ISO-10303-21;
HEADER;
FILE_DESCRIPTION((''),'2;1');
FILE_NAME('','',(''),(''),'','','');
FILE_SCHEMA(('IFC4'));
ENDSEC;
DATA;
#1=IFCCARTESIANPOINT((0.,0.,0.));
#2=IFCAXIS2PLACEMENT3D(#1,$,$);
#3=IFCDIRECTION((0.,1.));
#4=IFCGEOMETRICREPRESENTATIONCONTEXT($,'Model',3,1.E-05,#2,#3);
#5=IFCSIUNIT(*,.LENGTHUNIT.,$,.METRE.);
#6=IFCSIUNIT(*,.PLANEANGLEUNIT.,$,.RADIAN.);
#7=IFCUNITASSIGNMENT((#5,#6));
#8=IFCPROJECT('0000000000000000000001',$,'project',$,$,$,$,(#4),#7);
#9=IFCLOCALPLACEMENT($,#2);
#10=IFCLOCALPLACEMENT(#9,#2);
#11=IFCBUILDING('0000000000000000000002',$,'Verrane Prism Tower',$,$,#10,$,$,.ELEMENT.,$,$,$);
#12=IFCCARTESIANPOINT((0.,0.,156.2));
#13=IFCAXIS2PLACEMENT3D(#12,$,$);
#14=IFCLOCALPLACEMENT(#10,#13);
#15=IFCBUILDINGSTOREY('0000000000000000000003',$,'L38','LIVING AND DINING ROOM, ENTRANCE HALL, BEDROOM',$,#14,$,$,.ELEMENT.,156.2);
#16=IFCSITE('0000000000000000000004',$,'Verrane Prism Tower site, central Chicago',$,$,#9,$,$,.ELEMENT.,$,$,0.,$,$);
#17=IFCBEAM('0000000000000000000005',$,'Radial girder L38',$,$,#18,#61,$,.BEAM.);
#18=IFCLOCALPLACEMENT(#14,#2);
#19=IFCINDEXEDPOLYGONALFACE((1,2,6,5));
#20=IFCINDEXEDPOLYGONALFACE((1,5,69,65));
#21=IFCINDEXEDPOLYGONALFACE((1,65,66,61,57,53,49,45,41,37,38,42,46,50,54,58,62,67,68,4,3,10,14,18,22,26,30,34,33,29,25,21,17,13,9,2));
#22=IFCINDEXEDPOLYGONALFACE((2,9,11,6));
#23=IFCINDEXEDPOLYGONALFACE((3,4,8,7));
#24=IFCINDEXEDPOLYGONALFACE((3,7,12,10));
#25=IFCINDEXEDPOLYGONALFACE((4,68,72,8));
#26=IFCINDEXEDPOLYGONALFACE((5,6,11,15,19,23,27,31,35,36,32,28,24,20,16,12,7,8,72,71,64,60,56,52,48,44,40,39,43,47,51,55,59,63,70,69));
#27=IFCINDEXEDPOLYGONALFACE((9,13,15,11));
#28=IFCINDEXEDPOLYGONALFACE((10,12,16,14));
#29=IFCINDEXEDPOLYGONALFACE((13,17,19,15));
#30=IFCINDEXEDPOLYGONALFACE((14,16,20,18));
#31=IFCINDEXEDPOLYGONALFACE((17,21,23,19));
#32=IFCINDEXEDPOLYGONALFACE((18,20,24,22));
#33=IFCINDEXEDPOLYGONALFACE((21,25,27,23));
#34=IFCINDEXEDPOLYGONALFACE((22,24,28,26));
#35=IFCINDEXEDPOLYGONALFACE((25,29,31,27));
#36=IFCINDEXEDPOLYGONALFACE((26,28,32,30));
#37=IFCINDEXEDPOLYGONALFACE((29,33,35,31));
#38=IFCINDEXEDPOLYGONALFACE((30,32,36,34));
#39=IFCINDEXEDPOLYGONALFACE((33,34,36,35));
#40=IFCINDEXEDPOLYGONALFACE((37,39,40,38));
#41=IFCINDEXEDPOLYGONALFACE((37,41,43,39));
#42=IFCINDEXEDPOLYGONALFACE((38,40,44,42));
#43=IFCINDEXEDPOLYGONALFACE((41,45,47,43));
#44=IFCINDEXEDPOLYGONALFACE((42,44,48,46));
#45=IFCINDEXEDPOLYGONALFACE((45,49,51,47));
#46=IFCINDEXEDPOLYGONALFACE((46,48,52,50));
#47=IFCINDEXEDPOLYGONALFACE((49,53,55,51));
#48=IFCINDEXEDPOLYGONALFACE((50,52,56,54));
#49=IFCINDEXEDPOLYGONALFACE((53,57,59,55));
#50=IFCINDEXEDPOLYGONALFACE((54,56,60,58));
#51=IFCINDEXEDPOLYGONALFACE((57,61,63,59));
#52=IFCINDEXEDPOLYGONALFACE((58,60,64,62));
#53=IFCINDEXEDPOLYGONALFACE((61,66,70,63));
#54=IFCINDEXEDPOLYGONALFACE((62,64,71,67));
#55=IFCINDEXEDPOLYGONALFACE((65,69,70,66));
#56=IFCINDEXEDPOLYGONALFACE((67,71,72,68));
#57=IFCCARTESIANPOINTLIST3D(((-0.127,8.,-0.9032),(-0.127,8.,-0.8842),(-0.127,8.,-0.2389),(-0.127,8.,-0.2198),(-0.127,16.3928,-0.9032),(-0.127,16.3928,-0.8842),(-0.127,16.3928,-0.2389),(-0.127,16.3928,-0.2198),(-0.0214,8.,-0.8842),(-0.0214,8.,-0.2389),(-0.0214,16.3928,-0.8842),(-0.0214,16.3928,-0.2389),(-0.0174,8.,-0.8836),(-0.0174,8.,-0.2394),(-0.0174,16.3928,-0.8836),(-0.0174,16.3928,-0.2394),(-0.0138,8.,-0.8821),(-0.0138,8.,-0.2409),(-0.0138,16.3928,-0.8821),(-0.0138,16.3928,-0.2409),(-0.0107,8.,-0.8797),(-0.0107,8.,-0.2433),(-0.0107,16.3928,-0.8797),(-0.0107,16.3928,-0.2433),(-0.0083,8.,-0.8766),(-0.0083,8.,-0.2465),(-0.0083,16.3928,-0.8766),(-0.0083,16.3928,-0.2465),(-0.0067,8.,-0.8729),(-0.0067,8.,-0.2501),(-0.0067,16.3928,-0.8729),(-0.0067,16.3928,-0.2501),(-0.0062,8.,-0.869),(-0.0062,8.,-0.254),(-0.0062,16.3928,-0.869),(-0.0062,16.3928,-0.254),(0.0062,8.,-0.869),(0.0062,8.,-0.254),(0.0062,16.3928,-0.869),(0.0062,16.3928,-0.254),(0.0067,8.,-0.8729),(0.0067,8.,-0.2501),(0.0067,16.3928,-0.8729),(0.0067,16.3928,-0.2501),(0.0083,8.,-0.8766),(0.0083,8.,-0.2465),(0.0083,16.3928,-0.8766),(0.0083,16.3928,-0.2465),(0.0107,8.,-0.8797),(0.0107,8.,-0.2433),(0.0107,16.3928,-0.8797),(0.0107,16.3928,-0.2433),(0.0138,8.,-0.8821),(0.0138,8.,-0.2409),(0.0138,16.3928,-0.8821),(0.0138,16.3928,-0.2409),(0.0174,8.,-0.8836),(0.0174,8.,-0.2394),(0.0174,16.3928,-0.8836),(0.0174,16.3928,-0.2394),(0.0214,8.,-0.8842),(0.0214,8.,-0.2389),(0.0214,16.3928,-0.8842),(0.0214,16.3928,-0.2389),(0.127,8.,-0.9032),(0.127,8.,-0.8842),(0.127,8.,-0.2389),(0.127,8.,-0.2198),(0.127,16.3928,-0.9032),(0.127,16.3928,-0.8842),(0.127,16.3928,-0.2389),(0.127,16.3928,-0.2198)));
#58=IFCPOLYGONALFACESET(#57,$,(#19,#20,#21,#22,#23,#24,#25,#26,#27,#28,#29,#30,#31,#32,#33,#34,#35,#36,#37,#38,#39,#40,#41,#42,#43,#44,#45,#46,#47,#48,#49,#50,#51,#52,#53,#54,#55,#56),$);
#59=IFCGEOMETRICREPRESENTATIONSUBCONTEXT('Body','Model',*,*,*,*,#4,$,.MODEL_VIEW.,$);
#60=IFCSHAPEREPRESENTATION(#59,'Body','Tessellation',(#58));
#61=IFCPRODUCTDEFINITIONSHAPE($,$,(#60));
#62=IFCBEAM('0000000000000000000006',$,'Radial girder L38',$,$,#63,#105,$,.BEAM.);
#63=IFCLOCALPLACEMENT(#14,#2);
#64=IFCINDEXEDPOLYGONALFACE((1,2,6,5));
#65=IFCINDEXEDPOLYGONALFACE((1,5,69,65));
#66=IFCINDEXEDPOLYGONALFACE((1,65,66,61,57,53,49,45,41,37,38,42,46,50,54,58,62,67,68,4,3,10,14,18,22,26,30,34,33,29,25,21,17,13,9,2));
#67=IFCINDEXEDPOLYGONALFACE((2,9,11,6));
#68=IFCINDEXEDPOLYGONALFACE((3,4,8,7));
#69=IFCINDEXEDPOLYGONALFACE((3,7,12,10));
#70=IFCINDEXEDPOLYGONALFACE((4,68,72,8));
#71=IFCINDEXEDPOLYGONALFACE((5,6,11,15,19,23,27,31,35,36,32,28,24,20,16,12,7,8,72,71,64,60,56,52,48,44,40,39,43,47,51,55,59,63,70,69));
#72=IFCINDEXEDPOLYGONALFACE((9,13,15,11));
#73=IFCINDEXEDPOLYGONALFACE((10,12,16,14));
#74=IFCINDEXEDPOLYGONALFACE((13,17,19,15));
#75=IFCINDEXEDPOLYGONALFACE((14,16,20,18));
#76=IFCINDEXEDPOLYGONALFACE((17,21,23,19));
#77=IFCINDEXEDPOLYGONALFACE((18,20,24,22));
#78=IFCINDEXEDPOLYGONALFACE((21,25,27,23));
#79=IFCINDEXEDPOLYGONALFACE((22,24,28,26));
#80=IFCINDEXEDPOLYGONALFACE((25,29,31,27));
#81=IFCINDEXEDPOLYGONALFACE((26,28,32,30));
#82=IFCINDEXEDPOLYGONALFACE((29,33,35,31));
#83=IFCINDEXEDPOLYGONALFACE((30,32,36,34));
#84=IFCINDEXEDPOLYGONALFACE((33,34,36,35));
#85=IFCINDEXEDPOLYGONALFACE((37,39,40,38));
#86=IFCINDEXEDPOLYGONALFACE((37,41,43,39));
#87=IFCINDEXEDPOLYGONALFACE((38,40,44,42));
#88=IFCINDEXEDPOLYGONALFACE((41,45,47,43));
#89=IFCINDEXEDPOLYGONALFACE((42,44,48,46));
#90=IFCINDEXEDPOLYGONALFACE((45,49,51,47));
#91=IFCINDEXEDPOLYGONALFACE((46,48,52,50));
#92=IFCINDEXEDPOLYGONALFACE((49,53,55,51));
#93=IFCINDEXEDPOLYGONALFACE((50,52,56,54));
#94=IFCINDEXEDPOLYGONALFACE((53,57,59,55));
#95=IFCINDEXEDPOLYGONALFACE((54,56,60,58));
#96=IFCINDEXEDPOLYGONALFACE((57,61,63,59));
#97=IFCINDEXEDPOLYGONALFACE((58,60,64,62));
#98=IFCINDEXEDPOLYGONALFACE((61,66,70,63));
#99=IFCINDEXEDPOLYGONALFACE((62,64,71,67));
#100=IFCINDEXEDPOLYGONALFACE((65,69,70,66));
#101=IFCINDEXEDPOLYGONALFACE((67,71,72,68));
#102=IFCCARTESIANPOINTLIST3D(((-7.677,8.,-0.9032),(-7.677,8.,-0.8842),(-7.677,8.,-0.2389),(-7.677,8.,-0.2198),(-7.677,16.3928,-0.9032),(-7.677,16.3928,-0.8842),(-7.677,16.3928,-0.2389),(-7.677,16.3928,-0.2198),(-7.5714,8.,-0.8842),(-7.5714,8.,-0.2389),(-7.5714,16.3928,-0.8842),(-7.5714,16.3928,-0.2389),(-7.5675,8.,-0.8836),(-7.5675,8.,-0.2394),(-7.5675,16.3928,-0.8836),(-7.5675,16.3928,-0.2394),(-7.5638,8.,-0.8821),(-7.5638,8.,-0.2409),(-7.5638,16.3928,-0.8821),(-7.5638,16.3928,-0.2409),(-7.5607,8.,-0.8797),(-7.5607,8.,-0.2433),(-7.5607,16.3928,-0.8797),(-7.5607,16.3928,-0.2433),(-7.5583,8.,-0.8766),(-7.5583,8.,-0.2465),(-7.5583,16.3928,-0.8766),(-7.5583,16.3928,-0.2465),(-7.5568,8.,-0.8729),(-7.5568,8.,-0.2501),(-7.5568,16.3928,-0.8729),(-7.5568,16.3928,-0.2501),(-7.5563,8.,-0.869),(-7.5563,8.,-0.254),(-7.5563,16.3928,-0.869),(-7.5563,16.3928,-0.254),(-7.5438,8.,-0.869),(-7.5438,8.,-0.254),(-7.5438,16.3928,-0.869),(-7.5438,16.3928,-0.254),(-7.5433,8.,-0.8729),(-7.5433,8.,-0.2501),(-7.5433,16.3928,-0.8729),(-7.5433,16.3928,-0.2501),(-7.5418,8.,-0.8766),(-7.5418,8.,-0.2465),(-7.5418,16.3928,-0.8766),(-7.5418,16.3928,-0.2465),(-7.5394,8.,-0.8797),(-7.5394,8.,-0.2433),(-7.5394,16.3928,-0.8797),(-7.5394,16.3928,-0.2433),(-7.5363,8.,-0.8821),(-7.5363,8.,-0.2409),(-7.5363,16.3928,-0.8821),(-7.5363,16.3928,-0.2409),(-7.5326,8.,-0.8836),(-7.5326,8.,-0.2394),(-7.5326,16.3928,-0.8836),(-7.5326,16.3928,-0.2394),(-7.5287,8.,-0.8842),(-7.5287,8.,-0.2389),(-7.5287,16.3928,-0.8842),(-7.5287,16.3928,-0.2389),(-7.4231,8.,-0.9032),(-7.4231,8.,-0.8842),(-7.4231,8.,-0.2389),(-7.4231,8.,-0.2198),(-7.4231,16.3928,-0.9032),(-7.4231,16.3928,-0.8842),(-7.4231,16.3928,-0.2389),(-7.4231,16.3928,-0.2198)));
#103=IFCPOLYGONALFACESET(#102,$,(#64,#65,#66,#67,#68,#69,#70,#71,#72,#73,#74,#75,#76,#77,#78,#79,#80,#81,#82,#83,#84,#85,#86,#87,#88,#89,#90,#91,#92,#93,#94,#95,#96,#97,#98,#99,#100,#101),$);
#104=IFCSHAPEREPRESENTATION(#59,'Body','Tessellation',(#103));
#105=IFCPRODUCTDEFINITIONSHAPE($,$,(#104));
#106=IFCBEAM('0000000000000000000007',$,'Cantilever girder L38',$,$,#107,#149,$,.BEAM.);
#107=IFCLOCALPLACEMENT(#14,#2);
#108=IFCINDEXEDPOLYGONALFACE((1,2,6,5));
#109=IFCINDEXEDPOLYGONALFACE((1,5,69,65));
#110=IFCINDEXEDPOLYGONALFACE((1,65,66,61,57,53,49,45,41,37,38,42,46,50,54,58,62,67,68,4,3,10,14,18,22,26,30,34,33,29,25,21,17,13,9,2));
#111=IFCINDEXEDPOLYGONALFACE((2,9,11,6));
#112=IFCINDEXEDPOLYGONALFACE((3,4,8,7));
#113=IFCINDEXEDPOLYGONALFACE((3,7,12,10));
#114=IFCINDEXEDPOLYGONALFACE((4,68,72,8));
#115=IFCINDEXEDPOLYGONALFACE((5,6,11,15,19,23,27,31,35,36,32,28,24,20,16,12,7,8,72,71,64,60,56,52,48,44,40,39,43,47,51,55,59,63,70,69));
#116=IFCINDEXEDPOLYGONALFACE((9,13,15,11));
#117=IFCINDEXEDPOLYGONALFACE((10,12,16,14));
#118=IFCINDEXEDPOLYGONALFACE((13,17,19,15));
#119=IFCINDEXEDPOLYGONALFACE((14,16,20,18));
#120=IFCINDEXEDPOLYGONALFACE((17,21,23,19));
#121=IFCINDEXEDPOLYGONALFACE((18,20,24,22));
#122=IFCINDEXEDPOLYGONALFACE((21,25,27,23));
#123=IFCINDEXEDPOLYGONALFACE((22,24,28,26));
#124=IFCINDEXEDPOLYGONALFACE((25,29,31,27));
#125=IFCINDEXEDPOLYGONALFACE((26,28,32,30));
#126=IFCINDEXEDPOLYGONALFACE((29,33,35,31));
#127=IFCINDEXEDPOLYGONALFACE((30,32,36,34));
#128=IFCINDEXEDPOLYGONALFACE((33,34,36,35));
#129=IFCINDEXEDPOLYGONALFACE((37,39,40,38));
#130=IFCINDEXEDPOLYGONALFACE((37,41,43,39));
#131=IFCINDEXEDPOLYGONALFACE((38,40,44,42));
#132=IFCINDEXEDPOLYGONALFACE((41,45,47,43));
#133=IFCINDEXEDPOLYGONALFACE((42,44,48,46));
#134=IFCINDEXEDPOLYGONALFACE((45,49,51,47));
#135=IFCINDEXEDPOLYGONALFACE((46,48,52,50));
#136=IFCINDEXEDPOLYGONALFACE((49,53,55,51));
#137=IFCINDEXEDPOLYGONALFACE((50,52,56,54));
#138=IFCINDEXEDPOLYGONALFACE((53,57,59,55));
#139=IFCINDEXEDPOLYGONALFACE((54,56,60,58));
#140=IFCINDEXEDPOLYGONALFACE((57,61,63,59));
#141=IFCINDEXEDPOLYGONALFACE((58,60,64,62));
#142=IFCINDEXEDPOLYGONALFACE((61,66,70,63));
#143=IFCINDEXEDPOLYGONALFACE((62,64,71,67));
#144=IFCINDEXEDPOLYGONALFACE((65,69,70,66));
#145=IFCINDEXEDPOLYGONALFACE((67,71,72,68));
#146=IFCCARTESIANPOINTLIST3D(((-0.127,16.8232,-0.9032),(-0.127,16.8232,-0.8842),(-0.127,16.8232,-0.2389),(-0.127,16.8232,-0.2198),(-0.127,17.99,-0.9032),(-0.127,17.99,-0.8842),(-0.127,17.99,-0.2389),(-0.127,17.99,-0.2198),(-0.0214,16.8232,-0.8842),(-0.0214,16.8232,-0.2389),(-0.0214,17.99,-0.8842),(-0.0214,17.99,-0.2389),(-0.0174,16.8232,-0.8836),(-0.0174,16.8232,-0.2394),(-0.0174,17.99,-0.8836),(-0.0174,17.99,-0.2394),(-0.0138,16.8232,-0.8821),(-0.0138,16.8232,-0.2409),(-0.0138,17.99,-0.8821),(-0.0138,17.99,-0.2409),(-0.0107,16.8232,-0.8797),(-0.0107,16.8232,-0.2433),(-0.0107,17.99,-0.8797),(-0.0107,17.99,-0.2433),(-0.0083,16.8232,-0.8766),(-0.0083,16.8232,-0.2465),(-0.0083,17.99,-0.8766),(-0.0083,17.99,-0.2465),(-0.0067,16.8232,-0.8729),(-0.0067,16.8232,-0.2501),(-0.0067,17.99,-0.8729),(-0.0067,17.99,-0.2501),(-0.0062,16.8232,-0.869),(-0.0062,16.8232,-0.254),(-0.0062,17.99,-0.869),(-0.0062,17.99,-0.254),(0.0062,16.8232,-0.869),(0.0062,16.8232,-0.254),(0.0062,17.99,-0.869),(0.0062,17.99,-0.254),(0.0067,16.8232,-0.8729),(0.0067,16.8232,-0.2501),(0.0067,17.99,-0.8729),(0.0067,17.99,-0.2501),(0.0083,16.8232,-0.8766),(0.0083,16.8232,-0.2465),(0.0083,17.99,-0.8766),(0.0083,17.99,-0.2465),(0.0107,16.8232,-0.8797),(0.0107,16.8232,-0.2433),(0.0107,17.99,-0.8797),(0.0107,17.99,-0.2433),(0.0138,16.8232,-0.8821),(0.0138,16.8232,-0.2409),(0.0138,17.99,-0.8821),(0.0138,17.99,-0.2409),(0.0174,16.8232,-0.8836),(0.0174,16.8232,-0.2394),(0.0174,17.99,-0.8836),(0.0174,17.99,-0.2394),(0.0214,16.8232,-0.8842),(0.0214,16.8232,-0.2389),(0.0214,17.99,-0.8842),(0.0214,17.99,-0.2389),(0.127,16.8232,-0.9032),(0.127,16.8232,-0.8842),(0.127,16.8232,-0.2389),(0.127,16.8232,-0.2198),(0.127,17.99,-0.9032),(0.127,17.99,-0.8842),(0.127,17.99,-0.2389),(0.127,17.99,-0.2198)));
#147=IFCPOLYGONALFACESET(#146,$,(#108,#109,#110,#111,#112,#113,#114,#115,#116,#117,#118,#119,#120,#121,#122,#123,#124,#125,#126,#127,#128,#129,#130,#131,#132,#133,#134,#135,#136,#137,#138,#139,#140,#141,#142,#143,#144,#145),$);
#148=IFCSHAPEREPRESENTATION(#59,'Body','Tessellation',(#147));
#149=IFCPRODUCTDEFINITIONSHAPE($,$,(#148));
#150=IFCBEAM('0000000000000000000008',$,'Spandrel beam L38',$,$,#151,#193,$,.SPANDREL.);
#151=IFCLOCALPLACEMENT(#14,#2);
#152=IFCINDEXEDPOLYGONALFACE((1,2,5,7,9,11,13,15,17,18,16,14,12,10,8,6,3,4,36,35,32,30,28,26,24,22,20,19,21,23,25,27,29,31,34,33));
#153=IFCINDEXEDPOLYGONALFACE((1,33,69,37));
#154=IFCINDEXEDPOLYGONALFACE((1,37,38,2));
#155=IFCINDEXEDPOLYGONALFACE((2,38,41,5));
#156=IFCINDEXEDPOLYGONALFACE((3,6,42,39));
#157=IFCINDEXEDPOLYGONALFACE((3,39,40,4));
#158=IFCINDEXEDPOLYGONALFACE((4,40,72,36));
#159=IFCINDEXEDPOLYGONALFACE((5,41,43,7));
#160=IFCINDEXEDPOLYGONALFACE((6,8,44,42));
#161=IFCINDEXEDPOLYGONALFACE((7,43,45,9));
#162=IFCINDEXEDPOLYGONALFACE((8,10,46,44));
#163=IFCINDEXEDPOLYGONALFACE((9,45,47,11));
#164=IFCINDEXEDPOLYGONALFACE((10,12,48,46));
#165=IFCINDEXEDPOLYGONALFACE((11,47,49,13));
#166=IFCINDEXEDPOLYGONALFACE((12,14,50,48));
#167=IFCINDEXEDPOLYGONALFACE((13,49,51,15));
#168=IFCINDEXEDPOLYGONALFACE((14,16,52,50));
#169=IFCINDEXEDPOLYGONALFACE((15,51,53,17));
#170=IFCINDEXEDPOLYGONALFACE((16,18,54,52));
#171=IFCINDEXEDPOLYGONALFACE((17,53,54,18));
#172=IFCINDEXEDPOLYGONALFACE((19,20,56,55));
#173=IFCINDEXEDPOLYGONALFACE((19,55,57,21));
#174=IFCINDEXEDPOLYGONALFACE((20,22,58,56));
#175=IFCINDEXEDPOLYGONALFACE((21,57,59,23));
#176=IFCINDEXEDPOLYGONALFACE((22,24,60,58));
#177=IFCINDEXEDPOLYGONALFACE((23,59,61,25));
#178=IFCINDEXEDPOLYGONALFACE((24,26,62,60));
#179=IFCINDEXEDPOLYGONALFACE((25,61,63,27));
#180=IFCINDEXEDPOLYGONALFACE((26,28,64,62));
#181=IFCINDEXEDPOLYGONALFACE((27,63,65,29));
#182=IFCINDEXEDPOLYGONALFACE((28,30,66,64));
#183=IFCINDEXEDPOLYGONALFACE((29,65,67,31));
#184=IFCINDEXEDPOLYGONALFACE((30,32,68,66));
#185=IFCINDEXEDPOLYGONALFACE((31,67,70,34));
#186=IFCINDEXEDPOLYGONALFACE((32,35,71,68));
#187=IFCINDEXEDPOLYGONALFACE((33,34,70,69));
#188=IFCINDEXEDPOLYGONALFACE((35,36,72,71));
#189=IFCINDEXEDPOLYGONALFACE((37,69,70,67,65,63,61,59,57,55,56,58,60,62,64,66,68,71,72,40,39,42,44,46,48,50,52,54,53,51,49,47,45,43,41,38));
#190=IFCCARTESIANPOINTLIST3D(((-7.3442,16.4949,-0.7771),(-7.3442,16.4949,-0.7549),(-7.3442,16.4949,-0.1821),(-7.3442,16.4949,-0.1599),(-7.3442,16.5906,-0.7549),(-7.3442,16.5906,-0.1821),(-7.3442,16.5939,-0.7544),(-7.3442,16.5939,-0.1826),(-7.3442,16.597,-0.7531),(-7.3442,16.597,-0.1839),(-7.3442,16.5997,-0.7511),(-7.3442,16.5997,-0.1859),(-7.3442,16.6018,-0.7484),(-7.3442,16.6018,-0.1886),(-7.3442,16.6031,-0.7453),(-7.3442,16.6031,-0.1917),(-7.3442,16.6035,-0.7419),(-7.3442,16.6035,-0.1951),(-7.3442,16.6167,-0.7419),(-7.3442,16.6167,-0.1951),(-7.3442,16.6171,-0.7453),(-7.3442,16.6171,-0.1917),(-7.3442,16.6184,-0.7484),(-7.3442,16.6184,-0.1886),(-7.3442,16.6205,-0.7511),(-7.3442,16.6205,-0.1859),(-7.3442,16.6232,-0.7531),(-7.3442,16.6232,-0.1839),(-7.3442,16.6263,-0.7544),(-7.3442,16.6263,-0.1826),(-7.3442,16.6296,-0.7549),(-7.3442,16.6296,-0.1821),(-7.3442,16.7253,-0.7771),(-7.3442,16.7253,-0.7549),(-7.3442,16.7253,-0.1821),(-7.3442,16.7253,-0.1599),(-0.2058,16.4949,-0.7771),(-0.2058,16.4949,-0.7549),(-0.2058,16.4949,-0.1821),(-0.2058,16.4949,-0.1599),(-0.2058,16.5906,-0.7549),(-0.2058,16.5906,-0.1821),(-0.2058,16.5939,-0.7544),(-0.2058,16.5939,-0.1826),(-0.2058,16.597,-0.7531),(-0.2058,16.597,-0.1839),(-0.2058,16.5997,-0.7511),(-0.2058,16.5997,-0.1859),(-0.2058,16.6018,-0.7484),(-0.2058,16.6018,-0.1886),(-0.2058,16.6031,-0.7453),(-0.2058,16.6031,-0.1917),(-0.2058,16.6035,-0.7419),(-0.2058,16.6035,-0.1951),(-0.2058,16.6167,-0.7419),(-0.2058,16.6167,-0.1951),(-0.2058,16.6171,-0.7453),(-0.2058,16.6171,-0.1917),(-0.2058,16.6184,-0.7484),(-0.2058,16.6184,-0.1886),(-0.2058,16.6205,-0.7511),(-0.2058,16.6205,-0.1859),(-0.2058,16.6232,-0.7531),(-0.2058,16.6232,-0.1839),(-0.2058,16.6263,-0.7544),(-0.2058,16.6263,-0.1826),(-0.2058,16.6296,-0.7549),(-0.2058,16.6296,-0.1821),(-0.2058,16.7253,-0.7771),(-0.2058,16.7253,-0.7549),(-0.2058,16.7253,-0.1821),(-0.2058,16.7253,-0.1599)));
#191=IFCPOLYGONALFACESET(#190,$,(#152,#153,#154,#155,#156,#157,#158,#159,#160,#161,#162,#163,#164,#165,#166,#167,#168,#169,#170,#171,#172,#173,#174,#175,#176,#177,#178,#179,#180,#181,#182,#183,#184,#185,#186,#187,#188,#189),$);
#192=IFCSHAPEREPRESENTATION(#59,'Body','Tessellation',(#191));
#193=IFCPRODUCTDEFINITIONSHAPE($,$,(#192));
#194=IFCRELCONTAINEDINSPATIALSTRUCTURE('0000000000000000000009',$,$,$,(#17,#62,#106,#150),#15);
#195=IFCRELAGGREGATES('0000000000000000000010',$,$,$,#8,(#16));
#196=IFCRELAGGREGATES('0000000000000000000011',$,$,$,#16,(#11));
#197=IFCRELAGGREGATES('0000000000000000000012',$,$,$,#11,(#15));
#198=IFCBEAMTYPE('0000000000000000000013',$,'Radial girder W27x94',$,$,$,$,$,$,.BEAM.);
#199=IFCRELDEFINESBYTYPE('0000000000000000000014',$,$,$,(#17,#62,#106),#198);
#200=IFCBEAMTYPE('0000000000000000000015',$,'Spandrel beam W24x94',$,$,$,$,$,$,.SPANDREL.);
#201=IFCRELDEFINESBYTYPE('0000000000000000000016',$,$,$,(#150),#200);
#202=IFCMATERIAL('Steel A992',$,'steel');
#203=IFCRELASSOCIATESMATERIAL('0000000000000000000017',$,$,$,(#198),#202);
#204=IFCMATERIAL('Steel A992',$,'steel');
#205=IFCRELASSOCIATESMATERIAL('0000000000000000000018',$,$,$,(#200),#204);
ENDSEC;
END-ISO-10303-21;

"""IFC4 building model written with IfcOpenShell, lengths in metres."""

from ifc_helpers import new_model, si_unit, direction, frame, origin, origin_2d, place, context, subcontext, project, spatial, i_section, extrude, material, material_profile, profile_set, type_object, element, save


model = new_model("IFC4")

# Units and contexts
model_context = context("Model", 3, precision=1e-05, world=origin(), true_north=direction((0.0, 1.0)))
body_context = subcontext(model_context, "Body", "Model", "MODEL_VIEW")
ifc_project = project(units=[si_unit("LENGTHUNIT", "METRE"), si_unit("PLANEANGLEUNIT", "RADIAN")], contexts=[model_context])

# Site, building, storey
site_placement = place(None, origin())
site = spatial("IfcSite", under=ifc_project, at=site_placement, Name="Verrane Prism Tower site, central Chicago", CompositionType="ELEMENT", RefElevation=0.0)
building_placement = place(site_placement, origin())
building = spatial("IfcBuilding", under=site, at=building_placement, Name="Verrane Prism Tower", CompositionType="ELEMENT")
storey_placement = place(building_placement, frame((0.0, 0.0, 156.2)))
storey = spatial("IfcBuildingStorey", under=building, at=storey_placement, Name="L38", Description="LIVING AND DINING ROOM, ENTRANCE HALL, BEDROOM", CompositionType="ELEMENT", Elevation=156.2)

# Beams
ifc_material_1 = material(Name="Steel A992", Category="steel")
ifc_material_profile_1 = material_profile(ifc_material_1, i_section(OverallWidth=0.2539, OverallDepth=0.6833, WebThickness=0.0125, FlangeThickness=0.019, FilletRadius=0.0151, at=origin_2d()), Name="W27x94")
ifc_profile_set_1 = profile_set([ifc_material_profile_1], Name="Steel A992")
beam_type_1 = type_object("IfcBeamType", Name="Radial girder W27x94", PredefinedType="BEAM", material=ifc_profile_set_1)
for number, where, z_axis, x_axis, name in (
    (1, (0.0, 16.3928, -0.5615), (0.0, -1.0, 0.0), (1.0, 0.0, 0.0), "Radial girder L38"),
    (2, (-7.55, 16.3928, -0.5615), (0.0, -1.0, 0.0), (1.0, 0.0, 0.0), "Radial girder L38"),
):
    element("IfcBeam", number, at=place(storey_placement, frame(where, z_axis=z_axis, x_axis=x_axis)), inside=storey, type_object=beam_type_1, Name=name, PredefinedType="BEAM", context=body_context, shape_type="SweptSolid", body=[
        extrude(i_section(OverallWidth=0.2539, OverallDepth=0.6833, WebThickness=0.0125, FlangeThickness=0.019, FilletRadius=0.0151, at=origin_2d()), origin(), (0.0, 0.0, 1.0), 8.3928),
    ])
beam_1_placement = place(storey_placement, frame((0.0, 16.8232, -0.5615), z_axis=(0.0, 1.0, 0.0), x_axis=(-1.0, 0.0, 0.0)))
element("IfcBeam", 3, at=beam_1_placement, inside=storey, type_object=beam_type_1, Name="Cantilever girder L38", PredefinedType="BEAM", context=body_context, shape_type="SweptSolid", body=[
    extrude(i_section(OverallWidth=0.2539, OverallDepth=0.6833, WebThickness=0.0125, FlangeThickness=0.019, FilletRadius=0.0151, at=origin_2d()), origin(), (0.0, 0.0, 1.0), 1.1667),
])
ifc_material_2 = material(Name="Steel A992", Category="steel")
ifc_material_profile_2 = material_profile(ifc_material_2, i_section(OverallWidth=0.2305, OverallDepth=0.6172, WebThickness=0.0132, FlangeThickness=0.0222, FilletRadius=0.0129, at=origin_2d()), Name="W24x94")
ifc_profile_set_2 = profile_set([ifc_material_profile_2], Name="Steel A992")
beam_type_2 = type_object("IfcBeamType", Name="Spandrel beam W24x94", PredefinedType="SPANDREL", material=ifc_profile_set_2)
beam_2_placement = place(storey_placement, frame((-0.2058, 16.6101, -0.4685), z_axis=(-1.0, 0.0, 0.0), x_axis=(0.0, -1.0, 0.0)))
element("IfcBeam", 4, at=beam_2_placement, inside=storey, type_object=beam_type_2, Name="Spandrel beam L38", PredefinedType="SPANDREL", context=body_context, shape_type="SweptSolid", body=[
    extrude(i_section(OverallWidth=0.2305, OverallDepth=0.6172, WebThickness=0.0132, FlangeThickness=0.0222, FilletRadius=0.0129, at=origin_2d()), origin(), (0.0, 0.0, 1.0), 7.1384),
])

save(model, "model.ifc")
